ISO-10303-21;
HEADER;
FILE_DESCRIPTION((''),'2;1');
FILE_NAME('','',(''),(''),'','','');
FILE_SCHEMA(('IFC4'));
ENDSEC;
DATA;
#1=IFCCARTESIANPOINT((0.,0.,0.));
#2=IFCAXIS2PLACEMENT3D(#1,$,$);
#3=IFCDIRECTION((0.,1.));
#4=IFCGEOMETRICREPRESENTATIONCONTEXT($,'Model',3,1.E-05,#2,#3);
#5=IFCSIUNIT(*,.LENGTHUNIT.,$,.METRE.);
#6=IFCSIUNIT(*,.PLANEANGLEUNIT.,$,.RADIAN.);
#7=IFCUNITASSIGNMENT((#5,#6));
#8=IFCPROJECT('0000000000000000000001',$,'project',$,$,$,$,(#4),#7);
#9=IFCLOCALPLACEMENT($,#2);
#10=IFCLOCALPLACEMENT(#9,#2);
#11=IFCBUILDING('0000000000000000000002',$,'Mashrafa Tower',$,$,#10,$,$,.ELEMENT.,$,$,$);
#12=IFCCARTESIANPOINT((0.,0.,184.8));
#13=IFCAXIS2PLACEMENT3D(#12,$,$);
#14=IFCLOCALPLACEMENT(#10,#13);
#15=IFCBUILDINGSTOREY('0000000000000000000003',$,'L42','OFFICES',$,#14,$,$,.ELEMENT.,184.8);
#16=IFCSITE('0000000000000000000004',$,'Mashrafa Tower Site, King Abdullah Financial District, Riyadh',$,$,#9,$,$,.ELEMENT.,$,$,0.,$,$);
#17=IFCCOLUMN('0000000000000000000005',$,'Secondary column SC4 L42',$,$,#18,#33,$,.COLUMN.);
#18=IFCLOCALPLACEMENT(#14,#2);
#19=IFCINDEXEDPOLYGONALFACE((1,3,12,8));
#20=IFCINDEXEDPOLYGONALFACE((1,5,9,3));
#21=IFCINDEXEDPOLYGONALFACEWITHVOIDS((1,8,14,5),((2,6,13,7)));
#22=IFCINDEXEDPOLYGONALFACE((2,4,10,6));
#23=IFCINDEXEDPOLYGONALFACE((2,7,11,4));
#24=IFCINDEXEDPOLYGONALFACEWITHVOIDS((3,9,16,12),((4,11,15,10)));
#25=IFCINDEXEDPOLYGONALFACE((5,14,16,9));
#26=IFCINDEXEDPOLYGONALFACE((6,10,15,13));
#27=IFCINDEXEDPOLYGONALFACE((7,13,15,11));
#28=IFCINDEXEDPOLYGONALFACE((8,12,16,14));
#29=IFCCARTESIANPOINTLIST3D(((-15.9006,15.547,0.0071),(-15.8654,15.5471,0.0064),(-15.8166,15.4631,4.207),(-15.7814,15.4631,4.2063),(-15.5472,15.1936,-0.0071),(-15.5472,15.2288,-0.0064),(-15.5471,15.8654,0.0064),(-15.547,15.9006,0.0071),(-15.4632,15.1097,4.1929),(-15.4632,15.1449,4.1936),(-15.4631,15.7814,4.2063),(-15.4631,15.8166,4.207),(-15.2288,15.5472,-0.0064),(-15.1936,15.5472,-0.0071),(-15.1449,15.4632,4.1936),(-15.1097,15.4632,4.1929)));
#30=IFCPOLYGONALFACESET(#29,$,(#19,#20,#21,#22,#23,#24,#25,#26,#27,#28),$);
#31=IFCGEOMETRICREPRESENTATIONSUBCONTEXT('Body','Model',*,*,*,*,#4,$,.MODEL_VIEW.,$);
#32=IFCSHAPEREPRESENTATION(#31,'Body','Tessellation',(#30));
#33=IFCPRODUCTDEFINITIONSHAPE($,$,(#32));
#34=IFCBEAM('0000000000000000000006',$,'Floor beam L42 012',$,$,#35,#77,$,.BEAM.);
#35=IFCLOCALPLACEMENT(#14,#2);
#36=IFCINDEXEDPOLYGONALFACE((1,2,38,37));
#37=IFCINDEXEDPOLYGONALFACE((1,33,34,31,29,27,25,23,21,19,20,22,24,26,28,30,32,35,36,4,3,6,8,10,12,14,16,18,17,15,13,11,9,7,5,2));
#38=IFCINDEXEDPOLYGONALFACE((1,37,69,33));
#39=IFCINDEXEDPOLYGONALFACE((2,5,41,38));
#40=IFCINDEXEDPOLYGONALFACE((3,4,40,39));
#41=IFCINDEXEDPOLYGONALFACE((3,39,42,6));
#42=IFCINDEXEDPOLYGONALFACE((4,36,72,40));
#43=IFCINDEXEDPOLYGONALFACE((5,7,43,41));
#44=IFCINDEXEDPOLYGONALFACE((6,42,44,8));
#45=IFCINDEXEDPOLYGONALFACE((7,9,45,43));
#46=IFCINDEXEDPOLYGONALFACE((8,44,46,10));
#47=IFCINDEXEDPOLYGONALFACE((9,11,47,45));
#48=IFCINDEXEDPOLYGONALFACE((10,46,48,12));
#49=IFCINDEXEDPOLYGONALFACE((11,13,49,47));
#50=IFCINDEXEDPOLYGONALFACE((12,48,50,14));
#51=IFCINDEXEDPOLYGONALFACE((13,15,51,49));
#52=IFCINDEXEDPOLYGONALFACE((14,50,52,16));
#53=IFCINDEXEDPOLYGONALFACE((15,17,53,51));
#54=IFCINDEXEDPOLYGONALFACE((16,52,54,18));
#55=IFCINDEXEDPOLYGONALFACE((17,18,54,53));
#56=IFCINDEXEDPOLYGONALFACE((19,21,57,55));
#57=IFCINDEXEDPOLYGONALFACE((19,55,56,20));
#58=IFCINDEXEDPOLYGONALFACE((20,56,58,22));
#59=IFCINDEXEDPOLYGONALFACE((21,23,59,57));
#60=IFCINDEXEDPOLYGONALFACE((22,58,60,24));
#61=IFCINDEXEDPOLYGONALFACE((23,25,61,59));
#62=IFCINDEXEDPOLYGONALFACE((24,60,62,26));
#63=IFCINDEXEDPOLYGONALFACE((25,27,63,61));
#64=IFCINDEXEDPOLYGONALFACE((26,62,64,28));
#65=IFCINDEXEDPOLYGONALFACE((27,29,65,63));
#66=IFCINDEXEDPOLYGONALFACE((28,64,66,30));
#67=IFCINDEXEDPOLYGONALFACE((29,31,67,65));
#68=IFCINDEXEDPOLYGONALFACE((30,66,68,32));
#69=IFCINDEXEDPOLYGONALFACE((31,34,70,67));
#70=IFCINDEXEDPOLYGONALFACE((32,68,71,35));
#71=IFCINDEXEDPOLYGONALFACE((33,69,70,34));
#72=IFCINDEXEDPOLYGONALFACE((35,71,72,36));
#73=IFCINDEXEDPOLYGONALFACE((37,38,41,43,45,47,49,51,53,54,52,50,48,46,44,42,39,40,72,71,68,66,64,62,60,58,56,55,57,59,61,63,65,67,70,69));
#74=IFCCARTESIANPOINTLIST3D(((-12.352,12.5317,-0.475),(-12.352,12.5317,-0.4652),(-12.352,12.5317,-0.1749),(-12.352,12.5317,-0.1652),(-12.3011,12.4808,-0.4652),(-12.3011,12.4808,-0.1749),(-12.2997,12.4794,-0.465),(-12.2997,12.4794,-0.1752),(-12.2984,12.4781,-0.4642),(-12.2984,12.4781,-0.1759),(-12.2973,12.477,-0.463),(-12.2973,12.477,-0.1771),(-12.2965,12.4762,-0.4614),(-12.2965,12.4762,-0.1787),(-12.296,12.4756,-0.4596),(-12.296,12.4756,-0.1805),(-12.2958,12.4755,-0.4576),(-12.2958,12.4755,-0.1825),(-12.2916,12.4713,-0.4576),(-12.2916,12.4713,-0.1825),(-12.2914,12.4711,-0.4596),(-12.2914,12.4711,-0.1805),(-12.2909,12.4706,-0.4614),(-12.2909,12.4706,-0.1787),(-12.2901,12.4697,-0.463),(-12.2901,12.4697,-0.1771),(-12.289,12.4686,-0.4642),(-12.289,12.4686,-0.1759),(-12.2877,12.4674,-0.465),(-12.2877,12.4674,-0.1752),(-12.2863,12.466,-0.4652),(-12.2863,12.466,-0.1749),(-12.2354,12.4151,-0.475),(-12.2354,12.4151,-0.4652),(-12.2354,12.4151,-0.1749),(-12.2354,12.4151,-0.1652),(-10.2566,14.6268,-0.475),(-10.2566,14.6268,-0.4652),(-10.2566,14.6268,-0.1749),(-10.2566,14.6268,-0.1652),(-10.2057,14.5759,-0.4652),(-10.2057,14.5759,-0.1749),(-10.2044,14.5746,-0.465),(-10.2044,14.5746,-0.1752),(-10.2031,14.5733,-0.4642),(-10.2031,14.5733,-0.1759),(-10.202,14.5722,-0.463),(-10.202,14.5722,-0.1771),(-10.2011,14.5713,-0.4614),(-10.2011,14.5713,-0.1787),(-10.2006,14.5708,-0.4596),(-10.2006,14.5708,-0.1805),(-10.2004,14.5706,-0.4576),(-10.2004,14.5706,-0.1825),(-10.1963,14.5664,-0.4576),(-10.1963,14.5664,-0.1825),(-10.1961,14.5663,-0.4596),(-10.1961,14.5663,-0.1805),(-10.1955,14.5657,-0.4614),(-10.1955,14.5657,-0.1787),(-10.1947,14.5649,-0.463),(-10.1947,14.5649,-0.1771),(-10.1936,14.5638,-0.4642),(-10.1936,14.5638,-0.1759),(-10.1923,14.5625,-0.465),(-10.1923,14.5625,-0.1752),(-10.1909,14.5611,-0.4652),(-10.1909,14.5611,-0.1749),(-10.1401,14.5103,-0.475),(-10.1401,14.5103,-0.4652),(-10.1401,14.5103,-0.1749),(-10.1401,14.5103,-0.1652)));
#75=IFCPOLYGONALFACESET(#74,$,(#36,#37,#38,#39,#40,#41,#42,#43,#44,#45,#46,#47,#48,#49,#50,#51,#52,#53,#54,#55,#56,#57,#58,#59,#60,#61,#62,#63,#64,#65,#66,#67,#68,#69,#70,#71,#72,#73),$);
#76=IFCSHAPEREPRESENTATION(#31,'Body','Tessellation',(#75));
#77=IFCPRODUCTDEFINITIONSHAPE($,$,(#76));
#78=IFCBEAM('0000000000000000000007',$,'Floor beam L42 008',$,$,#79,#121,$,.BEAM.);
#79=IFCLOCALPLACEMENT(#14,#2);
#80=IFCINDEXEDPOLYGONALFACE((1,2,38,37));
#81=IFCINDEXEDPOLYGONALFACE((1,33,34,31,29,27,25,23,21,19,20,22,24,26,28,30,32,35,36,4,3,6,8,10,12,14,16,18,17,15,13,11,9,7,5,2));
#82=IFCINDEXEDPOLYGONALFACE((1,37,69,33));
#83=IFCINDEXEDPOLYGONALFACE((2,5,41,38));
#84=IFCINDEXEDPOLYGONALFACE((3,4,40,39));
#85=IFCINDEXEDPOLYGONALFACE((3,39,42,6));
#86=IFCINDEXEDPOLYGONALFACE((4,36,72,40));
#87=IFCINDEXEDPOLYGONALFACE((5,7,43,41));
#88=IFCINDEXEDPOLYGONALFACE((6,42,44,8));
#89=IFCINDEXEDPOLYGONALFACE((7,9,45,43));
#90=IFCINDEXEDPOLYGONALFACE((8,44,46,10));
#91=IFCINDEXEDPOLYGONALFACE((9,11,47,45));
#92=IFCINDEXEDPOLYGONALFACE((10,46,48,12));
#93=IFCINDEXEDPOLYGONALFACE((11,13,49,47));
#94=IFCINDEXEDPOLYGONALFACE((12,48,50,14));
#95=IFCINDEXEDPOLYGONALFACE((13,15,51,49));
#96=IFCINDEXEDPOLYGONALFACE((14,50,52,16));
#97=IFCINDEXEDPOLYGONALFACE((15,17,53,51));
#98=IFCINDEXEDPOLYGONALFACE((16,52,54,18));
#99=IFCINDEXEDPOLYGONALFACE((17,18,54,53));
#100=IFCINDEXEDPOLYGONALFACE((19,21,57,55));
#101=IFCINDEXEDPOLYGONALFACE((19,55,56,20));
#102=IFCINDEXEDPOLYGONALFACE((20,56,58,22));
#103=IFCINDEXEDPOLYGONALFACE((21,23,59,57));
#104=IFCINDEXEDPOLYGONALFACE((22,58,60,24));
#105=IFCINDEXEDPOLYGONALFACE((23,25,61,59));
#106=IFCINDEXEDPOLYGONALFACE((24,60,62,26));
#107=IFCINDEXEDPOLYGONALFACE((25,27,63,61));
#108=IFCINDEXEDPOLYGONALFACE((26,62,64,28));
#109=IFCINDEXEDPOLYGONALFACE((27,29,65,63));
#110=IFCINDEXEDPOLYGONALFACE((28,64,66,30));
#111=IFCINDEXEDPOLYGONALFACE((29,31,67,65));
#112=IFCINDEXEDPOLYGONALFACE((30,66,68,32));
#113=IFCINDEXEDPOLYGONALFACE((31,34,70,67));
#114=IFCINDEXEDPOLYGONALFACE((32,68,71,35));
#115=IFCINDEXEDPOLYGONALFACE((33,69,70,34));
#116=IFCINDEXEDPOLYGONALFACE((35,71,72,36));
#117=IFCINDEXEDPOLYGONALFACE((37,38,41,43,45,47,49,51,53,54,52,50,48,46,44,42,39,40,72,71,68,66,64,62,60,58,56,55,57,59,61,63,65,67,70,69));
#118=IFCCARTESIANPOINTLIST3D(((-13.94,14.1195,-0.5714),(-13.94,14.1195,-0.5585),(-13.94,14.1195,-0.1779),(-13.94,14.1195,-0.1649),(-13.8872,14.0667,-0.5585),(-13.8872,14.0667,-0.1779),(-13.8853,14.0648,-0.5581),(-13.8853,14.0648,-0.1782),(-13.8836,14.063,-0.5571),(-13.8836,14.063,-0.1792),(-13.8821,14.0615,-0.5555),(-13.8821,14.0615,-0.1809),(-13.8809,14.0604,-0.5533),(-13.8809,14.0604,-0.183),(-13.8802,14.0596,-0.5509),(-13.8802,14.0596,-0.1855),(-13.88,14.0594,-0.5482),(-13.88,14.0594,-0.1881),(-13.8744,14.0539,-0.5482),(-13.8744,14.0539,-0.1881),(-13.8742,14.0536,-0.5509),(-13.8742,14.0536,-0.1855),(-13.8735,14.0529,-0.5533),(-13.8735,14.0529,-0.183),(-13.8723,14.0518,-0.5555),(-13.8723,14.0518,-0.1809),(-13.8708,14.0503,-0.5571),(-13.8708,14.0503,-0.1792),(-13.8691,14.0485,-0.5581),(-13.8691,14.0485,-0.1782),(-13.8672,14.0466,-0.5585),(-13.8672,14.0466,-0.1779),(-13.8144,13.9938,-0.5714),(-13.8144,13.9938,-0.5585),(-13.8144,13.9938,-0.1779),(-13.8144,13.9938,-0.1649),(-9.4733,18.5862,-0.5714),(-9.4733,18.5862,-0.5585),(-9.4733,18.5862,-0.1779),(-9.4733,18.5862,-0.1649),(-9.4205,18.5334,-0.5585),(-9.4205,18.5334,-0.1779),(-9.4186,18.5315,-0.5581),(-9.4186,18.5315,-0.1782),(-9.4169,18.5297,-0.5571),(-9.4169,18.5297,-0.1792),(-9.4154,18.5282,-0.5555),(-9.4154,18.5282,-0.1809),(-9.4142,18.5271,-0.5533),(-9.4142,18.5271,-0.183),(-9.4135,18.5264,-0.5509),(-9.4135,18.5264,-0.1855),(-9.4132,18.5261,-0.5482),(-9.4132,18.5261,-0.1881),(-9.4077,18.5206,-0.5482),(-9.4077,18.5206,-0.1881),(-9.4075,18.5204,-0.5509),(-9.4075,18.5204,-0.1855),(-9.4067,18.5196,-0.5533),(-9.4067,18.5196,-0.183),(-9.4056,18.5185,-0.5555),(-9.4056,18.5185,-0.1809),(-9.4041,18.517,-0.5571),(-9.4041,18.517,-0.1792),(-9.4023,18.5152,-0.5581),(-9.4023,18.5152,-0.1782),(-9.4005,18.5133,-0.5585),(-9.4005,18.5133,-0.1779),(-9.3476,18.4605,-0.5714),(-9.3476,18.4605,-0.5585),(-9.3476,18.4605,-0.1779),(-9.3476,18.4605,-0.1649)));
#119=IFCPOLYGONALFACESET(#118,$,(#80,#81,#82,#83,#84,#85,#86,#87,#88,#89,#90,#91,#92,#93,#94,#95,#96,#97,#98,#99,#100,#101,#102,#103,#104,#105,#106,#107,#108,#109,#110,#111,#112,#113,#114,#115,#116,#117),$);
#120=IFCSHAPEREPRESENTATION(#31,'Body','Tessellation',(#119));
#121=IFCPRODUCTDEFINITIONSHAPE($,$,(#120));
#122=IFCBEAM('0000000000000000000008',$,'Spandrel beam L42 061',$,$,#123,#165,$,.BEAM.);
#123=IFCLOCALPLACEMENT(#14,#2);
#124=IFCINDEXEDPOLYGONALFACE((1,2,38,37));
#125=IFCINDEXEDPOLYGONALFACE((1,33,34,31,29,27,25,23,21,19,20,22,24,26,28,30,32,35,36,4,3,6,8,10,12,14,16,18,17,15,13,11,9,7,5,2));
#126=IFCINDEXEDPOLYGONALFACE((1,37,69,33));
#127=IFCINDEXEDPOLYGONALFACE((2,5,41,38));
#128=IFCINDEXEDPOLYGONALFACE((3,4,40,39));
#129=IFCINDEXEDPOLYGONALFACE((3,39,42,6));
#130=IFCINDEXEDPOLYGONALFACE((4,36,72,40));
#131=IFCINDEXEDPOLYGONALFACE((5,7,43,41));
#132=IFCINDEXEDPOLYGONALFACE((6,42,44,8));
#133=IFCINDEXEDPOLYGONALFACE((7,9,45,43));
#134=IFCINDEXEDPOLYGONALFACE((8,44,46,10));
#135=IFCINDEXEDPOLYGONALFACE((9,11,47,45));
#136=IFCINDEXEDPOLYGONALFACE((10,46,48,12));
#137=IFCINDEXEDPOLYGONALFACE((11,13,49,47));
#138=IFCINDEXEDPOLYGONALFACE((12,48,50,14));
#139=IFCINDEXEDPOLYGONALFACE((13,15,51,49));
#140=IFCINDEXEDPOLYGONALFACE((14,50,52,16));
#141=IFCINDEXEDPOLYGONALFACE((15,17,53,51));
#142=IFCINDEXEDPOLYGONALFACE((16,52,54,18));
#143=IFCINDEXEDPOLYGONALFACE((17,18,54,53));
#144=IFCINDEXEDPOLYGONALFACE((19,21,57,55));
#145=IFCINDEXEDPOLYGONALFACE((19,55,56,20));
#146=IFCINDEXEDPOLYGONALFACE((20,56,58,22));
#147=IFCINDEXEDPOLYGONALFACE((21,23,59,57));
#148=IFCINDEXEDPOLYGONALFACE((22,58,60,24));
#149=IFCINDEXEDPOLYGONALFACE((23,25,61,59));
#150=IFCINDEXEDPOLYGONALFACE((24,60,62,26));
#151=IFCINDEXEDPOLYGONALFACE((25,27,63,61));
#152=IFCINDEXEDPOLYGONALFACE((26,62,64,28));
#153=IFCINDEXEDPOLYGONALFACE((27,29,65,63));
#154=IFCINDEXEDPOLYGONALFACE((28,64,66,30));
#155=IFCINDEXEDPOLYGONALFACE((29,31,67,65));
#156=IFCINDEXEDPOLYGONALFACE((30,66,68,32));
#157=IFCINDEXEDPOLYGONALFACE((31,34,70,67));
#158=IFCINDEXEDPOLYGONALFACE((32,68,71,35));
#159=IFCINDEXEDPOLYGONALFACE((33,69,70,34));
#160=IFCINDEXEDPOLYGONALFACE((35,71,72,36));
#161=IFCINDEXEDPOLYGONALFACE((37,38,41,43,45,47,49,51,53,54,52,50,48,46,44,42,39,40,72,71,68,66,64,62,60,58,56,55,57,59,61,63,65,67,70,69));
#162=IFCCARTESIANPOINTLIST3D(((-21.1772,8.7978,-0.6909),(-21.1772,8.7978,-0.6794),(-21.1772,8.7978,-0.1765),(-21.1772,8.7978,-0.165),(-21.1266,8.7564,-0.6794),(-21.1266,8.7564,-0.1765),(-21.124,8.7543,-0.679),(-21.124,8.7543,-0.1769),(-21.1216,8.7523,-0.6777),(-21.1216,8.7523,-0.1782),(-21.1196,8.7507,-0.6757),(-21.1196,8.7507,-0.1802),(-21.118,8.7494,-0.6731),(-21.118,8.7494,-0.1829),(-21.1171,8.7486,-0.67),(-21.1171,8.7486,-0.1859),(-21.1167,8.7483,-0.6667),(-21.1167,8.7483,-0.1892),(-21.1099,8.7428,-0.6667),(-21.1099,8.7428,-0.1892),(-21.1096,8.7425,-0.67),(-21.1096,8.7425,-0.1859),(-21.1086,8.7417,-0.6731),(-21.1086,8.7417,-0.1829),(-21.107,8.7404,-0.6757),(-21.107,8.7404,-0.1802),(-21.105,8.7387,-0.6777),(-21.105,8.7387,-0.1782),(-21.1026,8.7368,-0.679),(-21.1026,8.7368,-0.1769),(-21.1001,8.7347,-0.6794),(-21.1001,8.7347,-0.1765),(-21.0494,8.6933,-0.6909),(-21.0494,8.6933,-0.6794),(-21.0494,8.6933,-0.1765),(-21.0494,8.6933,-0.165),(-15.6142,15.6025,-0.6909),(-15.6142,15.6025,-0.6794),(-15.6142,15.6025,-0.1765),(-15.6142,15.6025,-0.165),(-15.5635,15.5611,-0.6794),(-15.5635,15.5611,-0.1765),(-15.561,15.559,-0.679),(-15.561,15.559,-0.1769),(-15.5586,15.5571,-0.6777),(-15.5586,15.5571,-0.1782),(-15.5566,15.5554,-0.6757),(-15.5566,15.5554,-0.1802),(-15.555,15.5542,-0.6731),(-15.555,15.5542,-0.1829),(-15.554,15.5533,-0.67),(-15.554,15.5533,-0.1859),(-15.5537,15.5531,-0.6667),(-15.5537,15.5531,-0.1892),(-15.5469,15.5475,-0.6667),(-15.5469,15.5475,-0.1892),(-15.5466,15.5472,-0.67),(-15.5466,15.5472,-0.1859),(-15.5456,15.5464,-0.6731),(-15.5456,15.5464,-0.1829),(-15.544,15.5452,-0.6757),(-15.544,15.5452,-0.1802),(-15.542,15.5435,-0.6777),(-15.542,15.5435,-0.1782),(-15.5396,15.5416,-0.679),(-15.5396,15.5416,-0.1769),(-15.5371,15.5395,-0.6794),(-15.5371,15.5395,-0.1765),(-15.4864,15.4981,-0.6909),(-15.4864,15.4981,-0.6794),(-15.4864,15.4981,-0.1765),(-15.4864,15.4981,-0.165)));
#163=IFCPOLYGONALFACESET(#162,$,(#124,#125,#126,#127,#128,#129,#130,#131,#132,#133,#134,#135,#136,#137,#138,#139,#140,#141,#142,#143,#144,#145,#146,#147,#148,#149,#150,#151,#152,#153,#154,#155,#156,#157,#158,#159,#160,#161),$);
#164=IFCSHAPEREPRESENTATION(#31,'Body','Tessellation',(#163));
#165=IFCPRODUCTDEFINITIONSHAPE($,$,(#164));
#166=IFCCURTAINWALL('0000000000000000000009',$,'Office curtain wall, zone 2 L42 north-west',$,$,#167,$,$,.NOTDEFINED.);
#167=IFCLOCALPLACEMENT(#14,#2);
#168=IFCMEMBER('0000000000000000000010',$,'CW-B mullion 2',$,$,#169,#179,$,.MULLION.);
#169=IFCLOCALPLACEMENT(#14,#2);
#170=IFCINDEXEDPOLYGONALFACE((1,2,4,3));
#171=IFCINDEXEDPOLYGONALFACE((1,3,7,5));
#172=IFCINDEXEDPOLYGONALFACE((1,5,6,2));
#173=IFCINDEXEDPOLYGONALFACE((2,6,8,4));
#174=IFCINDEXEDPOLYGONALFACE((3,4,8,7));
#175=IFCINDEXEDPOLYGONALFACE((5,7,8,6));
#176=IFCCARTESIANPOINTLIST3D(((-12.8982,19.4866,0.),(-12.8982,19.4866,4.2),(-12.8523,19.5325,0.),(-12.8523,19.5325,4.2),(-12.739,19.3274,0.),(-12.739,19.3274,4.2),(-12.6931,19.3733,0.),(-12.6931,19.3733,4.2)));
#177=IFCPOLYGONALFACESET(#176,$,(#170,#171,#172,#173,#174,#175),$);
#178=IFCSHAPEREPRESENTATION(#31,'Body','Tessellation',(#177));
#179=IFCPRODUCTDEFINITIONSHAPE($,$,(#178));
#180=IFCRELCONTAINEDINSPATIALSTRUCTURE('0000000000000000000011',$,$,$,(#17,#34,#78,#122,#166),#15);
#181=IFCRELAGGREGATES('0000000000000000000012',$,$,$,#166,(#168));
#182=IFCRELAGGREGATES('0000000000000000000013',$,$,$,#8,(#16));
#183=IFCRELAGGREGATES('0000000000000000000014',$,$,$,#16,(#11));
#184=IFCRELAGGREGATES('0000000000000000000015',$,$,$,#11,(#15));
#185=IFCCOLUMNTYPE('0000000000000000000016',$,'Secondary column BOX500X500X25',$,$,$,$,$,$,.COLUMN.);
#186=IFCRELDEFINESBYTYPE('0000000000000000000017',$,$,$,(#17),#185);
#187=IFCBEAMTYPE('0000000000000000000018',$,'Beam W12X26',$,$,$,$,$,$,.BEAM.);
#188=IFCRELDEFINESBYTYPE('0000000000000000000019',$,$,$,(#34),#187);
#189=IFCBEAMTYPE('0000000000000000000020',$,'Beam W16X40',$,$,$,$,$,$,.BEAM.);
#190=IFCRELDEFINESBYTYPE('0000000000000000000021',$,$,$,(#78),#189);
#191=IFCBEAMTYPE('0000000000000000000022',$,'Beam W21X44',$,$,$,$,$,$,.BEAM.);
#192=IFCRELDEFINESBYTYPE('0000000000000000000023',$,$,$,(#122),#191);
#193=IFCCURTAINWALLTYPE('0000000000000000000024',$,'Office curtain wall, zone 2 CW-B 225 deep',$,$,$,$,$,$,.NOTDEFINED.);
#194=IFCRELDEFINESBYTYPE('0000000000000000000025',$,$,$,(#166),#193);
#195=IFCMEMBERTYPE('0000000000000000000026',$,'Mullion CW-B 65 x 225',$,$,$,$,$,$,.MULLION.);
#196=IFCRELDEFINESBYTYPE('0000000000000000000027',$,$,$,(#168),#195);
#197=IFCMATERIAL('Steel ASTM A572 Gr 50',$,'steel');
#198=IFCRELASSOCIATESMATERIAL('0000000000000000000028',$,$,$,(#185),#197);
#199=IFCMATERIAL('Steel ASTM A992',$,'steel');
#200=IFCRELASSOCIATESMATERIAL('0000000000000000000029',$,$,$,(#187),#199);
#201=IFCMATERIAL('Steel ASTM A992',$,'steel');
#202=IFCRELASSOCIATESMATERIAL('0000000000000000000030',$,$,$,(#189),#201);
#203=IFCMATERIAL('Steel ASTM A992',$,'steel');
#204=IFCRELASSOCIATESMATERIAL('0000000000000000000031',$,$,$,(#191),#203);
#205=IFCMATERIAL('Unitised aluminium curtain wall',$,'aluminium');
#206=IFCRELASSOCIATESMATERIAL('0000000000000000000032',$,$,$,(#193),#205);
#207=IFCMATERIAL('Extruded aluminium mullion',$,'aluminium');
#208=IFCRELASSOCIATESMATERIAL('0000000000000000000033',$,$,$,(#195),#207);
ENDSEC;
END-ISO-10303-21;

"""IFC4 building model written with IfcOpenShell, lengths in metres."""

from ifc_helpers import new_model, si_unit, direction, frame, origin, origin_2d, place, context, subcontext, project, spatial, rectangle, hollow_rectangle, i_section, extrude, source, transform, mapped, material, material_profile, profile_set, type_object, type_shapes, element, aggregate, save


model = new_model("IFC4")

# Units and contexts
model_context = context("Model", 3, precision=1e-05, world=origin(), true_north=direction((0.0, 1.0)))
body_context = subcontext(model_context, "Body", "Model", "MODEL_VIEW")
ifc_project = project(units=[si_unit("LENGTHUNIT", "METRE"), si_unit("PLANEANGLEUNIT", "RADIAN")], contexts=[model_context])

# Site, building, storey
site_placement = place(None, origin())
site = spatial("IfcSite", under=ifc_project, at=site_placement, Name="Mashrafa Tower Site, King Abdullah Financial District, Riyadh", CompositionType="ELEMENT", RefElevation=0.0)
building_placement = place(site_placement, origin())
building = spatial("IfcBuilding", under=site, at=building_placement, Name="Mashrafa Tower", CompositionType="ELEMENT")
storey_placement = place(building_placement, frame((0.0, 0.0, 184.8)))
storey = spatial("IfcBuildingStorey", under=building, at=storey_placement, Name="L42", Description="OFFICES", CompositionType="ELEMENT", Elevation=184.8)

# Column
ifc_material_1 = material(Name="Steel ASTM A572 Gr 50", Category="steel")
ifc_material_profile_1 = material_profile(ifc_material_1, hollow_rectangle(XDim=0.5, YDim=0.5, WallThickness=0.0249, at=origin_2d()), Name="BOX500X500X25")
ifc_profile_set_1 = profile_set([ifc_material_profile_1], Name="Steel ASTM A572 Gr 50")
column_type = type_object("IfcColumnType", Name="Secondary column BOX500X500X25", PredefinedType="COLUMN", material=ifc_profile_set_1)
column_placement = place(storey_placement, frame((-15.5471, 15.5471, 0.0), z_axis=(0.019989, -0.019989, 0.9996), x_axis=(0.707107, 0.707107, 0.0)))
element("IfcColumn", 1, at=column_placement, inside=storey, type_object=column_type, Name="Secondary column SC4 L42", PredefinedType="COLUMN", context=body_context, shape_type="SweptSolid", body=[
    extrude(hollow_rectangle(XDim=0.5, YDim=0.5, WallThickness=0.0249, at=origin_2d()), origin(), (0.0, 0.0, 1.0), 4.2017),
])

# Beams
ifc_material_2 = material(Name="Steel ASTM A992", Category="steel")
ifc_material_profile_2 = material_profile(ifc_material_2, i_section(OverallWidth=0.1648, OverallDepth=0.3098, WebThickness=0.0059, FlangeThickness=0.0098, FilletRadius=0.0076, at=origin_2d()), Name="W12X26")
ifc_profile_set_2 = profile_set([ifc_material_profile_2], Name="Steel ASTM A992")
beam_type_1 = type_object("IfcBeamType", Name="Beam W12X26", PredefinedType="BEAM", material=ifc_profile_set_2)
beam_1_placement = place(storey_placement, frame((-12.2937, 12.4734, -0.3201), z_axis=(0.707148, 0.707066, 0.0), x_axis=(-0.707066, 0.707148, 0.0)))
element("IfcBeam", 2, at=beam_1_placement, inside=storey, type_object=beam_type_1, Name="Floor beam L42 012", PredefinedType="BEAM", context=body_context, shape_type="SweptSolid", body=[
    extrude(i_section(OverallWidth=0.1648, OverallDepth=0.3098, WebThickness=0.0059, FlangeThickness=0.0098, FilletRadius=0.0076, at=origin_2d()), origin(), (0.0, 0.0, 1.0), 2.9631),
])
ifc_material_3 = material(Name="Steel ASTM A992", Category="steel")
ifc_material_profile_3 = material_profile(ifc_material_3, i_section(OverallWidth=0.1777, OverallDepth=0.4065, WebThickness=0.0078, FlangeThickness=0.0129, FilletRadius=0.0103, at=origin_2d()), Name="W16X40")
ifc_profile_set_3 = profile_set([ifc_material_profile_3], Name="Steel ASTM A992")
beam_type_2 = type_object("IfcBeamType", Name="Beam W16X40", PredefinedType="BEAM", material=ifc_profile_set_3)
beam_2_placement = place(storey_placement, frame((-13.8772, 14.0566, -0.3682), z_axis=(0.707107, 0.707107, 0.0), x_axis=(-0.707107, 0.707107, 0.0)))
element("IfcBeam", 3, at=beam_2_placement, inside=storey, type_object=beam_type_2, Name="Floor beam L42 008", PredefinedType="BEAM", context=body_context, shape_type="SweptSolid", body=[
    extrude(i_section(OverallWidth=0.1777, OverallDepth=0.4065, WebThickness=0.0078, FlangeThickness=0.0129, FilletRadius=0.0103, at=origin_2d()), origin(), (0.0, 0.0, 1.0), 6.3169),
])
ifc_material_4 = material(Name="Steel ASTM A992", Category="steel")
ifc_material_profile_4 = material_profile(ifc_material_4, i_section(OverallWidth=0.165, OverallDepth=0.5259, WebThickness=0.0088, FlangeThickness=0.0115, FilletRadius=0.0127, at=origin_2d()), Name="W21X44")
ifc_profile_set_4 = profile_set([ifc_material_profile_4], Name="Steel ASTM A992")
beam_type_3 = type_object("IfcBeamType", Name="Beam W21X44", PredefinedType="BEAM", material=ifc_profile_set_4)
beam_3_placement = place(storey_placement, frame((-15.5503, 15.5503, -0.428), z_axis=(-0.632932, -0.774207, 0.0), x_axis=(0.774207, -0.632932, 0.0)))
element("IfcBeam", 4, at=beam_3_placement, inside=storey, type_object=beam_type_3, Name="Spandrel beam L42 061", PredefinedType="BEAM", context=body_context, shape_type="SweptSolid", body=[
    extrude(i_section(OverallWidth=0.165, OverallDepth=0.5259, WebThickness=0.0088, FlangeThickness=0.0115, FilletRadius=0.0127, at=origin_2d()), origin(), (0.0, 0.0, 1.0), 8.7893),
])

# Curtain wall, member
ifc_material_5 = material(Name="Unitised aluminium curtain wall", Category="aluminium")
curtain_wall_type = type_object("IfcCurtainWallType", Name="Office curtain wall, zone 2 CW-B 225 deep", PredefinedType="NOTDEFINED", material=ifc_material_5)
curtain_wall_placement = place(storey_placement, origin())
curtain_wall = element("IfcCurtainWall", 5, at=curtain_wall_placement, inside=storey, type_object=curtain_wall_type, Name="Office curtain wall, zone 2 L42 north-west", PredefinedType="NOTDEFINED")
ifc_material_6 = material(Name="Extruded aluminium mullion", Category="aluminium")
ifc_material_profile_5 = material_profile(ifc_material_6, rectangle(XDim=0.2251, YDim=0.0649, at=origin_2d()), Name="Mullion 65x225")
ifc_profile_set_5 = profile_set([ifc_material_profile_5], Name="Extruded aluminium mullion")
member_type_1 = type_object("IfcMemberType", Name="Mullion CW-B 65 x 225", PredefinedType="MULLION", material=ifc_profile_set_5)
shared_shape_1 = source(origin(), body_context, "Body", "SweptSolid", [
    extrude(rectangle(XDim=0.2251, YDim=0.0649, at=origin_2d()), origin(), (0.0, 0.0, 1.0), 4.2),
])
type_shapes(member_type_1, [shared_shape_1])
member_1_placement = place(storey_placement, frame((-12.7957, 19.4299, 0.0), z_axis=(0.0, 0.0, 1.0), x_axis=(0.707107, -0.707107, 0.0)))
member_1 = element("IfcMember", 6, at=member_1_placement, type_object=member_type_1, Name="CW-B mullion 2", PredefinedType="MULLION", context=body_context, shape_type="MappedRepresentation", body=[
    mapped(shared_shape_1, transform((0.0, 0.0, 0.0))),
])
aggregate(curtain_wall, [member_1])

save(model, "model.ifc")
